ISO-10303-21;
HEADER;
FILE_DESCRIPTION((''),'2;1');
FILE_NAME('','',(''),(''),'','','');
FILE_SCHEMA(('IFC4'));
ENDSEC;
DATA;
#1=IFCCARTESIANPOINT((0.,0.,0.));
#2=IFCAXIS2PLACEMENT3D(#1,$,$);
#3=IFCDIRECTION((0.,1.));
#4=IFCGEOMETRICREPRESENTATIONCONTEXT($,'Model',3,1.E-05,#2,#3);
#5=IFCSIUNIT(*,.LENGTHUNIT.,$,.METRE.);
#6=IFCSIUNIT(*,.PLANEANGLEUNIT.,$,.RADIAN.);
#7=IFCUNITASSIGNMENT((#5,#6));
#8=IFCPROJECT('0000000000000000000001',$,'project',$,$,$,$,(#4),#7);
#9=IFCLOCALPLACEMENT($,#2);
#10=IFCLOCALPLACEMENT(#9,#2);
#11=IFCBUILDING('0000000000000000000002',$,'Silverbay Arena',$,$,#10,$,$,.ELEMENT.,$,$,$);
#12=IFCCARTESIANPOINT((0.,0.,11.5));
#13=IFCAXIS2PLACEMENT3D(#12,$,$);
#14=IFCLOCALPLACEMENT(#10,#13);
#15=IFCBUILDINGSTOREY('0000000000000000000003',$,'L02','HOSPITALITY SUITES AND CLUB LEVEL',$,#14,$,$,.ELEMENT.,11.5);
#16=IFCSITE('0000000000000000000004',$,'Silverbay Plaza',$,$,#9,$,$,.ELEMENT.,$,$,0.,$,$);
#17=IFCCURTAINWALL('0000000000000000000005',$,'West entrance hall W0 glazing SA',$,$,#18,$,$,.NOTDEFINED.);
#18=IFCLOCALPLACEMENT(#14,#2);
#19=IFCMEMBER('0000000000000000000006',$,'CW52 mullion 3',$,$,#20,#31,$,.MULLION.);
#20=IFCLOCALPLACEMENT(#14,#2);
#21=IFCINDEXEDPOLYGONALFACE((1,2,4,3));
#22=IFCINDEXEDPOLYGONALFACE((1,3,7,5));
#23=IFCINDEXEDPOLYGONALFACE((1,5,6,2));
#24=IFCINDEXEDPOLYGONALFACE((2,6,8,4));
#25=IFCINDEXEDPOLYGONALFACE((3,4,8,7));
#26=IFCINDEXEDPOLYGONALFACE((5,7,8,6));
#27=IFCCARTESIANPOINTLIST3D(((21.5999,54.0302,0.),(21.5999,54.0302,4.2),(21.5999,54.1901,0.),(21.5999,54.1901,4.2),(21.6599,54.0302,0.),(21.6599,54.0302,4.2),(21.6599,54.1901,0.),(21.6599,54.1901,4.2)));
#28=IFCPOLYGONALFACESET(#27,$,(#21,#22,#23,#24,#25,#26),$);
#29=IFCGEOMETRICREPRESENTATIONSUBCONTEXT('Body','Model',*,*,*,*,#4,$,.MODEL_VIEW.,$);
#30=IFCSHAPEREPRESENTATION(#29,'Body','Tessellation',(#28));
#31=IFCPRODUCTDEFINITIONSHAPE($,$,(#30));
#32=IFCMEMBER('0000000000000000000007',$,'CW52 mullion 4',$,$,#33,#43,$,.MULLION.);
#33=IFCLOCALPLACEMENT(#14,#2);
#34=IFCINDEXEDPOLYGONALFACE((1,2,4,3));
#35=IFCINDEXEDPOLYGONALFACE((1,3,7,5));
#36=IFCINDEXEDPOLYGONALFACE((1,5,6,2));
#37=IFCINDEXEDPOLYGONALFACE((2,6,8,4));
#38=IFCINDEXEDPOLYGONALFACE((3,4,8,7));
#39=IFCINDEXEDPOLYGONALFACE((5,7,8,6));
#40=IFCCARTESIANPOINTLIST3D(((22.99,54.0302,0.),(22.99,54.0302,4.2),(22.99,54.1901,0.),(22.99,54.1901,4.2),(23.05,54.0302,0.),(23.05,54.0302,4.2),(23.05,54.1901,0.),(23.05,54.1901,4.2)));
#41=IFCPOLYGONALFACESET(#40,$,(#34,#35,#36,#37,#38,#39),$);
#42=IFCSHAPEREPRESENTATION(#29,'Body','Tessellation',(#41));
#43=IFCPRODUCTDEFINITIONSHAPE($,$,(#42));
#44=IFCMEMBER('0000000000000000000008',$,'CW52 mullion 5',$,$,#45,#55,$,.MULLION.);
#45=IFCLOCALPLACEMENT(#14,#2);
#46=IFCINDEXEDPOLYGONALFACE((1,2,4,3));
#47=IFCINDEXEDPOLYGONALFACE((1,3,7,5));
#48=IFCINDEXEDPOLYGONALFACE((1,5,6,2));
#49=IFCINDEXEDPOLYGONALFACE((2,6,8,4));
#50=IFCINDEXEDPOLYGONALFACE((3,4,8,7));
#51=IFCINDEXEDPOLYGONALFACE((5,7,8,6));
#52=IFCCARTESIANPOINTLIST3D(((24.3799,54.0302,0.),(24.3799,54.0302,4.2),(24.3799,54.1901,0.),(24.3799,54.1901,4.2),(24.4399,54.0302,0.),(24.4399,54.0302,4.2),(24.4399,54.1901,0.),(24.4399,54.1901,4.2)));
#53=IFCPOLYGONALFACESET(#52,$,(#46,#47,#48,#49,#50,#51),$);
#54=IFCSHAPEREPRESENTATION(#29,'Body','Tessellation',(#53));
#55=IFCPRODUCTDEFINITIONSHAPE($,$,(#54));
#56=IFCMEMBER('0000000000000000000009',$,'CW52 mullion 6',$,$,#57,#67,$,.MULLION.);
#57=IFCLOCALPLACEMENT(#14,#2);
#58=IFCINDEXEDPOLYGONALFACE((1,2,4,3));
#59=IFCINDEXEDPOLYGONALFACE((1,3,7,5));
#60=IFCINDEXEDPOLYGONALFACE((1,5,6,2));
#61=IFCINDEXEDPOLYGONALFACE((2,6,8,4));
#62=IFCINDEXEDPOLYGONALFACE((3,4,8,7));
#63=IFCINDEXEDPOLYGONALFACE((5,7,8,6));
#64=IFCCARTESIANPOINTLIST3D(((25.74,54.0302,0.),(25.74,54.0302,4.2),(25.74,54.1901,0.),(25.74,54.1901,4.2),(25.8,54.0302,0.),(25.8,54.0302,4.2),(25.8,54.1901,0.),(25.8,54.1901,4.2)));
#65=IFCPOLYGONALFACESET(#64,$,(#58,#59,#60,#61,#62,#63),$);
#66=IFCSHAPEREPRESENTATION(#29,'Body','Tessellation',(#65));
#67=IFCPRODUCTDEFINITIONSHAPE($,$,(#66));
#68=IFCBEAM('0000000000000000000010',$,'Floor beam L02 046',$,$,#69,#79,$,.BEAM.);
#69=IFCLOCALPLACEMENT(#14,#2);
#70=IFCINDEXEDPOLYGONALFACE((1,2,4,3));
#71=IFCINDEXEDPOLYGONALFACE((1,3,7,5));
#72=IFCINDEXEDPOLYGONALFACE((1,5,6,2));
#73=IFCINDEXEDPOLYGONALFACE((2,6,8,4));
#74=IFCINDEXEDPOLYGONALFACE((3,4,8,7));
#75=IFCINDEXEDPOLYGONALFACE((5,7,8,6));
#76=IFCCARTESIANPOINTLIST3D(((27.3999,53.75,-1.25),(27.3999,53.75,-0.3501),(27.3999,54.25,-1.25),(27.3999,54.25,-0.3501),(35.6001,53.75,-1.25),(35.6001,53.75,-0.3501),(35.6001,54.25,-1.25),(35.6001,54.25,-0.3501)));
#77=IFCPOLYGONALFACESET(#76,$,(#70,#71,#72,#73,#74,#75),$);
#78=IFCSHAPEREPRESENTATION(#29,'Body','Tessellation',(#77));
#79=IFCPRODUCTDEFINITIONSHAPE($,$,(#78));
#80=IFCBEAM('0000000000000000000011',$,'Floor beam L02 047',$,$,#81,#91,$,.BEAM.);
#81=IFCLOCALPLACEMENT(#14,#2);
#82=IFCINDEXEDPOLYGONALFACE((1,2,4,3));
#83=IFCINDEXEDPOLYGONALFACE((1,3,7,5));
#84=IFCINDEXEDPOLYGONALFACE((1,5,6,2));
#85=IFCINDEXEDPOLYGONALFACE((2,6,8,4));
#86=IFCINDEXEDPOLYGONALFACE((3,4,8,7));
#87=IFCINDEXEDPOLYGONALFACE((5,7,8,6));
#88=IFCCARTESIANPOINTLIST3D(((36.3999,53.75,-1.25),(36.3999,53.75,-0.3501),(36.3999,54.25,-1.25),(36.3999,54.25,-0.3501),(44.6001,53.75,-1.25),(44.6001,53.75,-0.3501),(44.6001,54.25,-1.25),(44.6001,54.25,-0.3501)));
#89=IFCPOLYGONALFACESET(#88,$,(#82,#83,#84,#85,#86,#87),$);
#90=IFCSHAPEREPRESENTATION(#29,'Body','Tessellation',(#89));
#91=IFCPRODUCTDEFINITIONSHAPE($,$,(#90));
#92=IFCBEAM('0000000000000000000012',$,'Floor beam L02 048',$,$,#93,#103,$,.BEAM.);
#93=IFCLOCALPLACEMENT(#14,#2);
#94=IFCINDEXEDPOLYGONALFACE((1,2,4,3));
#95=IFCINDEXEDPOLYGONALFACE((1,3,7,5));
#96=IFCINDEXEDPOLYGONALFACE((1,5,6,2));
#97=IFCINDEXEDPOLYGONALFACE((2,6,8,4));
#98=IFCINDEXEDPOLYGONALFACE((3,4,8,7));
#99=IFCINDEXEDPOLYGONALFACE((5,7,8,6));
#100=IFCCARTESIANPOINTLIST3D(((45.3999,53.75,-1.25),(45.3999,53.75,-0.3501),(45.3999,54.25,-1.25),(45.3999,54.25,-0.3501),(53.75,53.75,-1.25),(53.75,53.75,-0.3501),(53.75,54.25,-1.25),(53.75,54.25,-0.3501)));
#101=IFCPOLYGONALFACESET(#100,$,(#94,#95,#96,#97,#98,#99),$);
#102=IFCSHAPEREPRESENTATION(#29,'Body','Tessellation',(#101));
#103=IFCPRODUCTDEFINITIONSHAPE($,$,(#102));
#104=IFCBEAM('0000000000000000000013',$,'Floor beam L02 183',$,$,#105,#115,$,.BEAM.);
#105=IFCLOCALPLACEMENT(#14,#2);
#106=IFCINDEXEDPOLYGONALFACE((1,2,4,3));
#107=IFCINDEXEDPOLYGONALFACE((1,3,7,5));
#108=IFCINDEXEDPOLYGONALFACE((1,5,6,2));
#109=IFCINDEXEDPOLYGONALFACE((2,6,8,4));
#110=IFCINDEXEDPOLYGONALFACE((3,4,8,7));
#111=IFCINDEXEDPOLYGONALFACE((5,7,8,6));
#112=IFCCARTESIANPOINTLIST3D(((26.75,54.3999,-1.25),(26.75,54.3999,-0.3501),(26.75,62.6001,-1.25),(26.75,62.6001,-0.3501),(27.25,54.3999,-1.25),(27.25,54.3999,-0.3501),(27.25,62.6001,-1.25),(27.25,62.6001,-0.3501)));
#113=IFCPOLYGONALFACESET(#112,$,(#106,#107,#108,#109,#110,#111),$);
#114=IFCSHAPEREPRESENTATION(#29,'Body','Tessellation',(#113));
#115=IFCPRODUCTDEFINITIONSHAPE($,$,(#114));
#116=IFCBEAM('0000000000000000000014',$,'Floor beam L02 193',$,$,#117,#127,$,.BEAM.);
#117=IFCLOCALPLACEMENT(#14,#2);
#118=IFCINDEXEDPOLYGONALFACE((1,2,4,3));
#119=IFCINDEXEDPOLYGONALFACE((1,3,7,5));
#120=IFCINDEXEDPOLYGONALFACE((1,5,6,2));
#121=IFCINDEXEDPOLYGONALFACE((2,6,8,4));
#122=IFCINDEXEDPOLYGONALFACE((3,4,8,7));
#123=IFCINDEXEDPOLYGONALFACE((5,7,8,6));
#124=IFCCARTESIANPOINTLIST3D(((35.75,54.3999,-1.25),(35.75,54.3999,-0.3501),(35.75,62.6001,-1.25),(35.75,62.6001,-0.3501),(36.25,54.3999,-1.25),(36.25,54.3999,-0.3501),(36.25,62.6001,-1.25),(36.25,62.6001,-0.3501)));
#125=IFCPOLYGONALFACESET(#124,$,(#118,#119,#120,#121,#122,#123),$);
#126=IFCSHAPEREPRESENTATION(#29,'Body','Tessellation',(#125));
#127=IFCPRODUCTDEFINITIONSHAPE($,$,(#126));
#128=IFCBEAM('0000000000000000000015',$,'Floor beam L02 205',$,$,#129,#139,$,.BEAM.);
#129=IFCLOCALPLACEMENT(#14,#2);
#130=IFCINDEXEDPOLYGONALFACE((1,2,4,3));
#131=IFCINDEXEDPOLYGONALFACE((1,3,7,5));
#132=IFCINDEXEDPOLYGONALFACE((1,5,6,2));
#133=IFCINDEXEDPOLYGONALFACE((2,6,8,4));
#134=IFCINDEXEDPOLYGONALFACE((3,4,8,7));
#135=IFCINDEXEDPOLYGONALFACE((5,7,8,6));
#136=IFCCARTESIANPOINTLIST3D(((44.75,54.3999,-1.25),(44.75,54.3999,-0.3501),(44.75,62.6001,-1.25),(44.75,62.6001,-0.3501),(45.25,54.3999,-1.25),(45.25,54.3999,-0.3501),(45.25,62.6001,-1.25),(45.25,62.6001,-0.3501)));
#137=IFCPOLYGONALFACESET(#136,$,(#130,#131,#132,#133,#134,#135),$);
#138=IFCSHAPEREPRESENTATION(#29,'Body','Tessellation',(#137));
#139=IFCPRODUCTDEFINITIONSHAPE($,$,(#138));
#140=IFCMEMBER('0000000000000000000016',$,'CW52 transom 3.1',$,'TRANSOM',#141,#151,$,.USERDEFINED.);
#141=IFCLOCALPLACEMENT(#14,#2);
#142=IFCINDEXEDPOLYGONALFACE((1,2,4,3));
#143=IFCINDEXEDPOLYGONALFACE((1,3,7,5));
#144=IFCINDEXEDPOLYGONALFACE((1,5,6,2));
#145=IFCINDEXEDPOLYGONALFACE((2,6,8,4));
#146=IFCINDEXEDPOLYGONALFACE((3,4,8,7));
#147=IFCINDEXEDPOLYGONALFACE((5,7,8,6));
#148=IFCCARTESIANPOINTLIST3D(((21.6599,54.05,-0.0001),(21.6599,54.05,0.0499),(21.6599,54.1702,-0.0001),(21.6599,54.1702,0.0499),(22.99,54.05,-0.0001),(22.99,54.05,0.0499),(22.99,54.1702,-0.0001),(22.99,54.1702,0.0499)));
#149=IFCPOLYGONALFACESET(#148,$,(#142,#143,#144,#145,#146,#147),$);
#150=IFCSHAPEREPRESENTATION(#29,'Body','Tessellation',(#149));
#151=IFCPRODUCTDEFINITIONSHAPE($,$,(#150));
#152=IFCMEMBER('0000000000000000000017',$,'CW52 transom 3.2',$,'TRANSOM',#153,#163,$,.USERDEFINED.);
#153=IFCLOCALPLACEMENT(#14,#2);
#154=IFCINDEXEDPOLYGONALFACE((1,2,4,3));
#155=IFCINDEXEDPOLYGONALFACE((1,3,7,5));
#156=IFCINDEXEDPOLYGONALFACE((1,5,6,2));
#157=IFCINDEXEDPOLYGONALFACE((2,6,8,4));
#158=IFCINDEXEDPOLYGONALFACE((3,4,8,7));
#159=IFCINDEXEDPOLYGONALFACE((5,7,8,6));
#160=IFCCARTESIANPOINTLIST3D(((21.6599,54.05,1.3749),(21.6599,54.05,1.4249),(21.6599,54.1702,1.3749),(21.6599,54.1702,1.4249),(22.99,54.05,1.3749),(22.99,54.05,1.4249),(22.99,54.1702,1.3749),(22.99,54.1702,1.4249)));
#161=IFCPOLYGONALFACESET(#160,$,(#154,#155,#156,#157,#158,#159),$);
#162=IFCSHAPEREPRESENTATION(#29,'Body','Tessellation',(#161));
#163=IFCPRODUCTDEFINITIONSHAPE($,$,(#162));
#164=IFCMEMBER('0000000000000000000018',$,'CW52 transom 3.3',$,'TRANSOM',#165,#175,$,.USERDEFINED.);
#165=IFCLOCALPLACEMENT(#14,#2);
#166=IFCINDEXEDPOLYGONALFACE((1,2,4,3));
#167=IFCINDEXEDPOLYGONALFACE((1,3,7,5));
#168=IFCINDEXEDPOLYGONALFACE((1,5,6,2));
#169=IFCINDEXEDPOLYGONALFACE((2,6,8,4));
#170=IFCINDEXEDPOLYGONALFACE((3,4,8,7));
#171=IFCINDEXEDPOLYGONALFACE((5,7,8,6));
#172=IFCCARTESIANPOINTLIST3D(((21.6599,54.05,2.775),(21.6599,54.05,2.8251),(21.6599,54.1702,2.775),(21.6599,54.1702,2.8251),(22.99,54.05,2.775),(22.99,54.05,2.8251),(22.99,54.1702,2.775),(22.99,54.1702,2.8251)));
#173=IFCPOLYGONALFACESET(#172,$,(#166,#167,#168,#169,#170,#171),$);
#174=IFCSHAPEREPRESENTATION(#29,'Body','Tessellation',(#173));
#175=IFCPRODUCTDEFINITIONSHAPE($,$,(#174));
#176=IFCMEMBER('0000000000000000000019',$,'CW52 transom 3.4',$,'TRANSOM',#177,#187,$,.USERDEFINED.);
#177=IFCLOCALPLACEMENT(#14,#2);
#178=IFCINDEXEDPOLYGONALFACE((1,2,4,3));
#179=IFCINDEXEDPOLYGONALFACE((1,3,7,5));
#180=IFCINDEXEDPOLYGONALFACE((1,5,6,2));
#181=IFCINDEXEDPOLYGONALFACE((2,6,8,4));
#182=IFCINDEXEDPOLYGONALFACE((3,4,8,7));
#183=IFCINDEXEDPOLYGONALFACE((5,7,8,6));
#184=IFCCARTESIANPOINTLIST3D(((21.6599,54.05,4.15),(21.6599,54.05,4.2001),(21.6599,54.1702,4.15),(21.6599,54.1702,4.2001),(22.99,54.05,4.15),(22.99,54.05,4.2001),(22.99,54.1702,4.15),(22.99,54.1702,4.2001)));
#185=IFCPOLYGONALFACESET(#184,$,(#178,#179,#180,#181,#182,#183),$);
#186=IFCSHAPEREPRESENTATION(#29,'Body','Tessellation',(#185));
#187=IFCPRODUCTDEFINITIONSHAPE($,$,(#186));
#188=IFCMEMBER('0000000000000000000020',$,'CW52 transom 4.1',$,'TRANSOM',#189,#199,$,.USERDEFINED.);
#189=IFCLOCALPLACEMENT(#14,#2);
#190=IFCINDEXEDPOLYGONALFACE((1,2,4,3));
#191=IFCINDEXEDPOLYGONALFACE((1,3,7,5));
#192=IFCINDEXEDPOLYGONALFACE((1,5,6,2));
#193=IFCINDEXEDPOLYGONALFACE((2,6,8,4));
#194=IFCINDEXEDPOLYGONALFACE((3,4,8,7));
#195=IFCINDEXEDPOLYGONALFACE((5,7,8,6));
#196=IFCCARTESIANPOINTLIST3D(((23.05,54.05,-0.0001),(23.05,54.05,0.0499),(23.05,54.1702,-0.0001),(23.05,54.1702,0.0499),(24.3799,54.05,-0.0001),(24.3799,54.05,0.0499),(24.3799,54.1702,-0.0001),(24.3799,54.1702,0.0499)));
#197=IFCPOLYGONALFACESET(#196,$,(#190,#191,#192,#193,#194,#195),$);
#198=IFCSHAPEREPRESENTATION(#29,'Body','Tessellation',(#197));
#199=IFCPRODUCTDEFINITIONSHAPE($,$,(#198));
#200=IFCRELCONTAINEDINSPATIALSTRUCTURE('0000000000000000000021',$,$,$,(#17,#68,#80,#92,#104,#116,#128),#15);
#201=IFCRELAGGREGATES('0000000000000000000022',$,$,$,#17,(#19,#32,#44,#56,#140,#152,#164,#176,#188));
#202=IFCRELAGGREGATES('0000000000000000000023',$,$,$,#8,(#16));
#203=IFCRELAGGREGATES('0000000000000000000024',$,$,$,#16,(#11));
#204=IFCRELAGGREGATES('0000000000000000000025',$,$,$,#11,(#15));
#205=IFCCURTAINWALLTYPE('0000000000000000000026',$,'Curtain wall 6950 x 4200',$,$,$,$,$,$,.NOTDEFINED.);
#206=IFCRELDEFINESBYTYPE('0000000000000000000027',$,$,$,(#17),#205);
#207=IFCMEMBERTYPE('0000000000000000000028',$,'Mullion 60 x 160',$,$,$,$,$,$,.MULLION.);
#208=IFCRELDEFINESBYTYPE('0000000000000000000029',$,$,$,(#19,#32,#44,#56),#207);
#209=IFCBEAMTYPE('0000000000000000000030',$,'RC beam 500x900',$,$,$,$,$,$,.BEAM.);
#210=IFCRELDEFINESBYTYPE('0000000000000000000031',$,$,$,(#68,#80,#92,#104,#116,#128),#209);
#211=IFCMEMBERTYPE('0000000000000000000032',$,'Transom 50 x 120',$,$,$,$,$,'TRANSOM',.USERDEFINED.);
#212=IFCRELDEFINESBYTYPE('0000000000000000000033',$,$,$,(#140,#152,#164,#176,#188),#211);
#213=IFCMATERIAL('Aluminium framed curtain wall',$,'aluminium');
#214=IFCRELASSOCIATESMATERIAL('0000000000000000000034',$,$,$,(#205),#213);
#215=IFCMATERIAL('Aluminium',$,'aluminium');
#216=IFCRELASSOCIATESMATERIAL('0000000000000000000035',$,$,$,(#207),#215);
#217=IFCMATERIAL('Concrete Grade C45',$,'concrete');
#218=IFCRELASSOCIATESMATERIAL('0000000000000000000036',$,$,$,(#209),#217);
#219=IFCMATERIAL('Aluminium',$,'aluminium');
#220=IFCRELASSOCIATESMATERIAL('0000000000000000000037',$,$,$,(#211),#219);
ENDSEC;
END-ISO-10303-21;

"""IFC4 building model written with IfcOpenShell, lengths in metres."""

from ifc_helpers import new_model, si_unit, direction, frame, origin, origin_2d, place, context, subcontext, project, spatial, rectangle, extrude, material, material_profile, profile_set, type_object, element, aggregate, save


model = new_model("IFC4")

# Units and contexts
model_context = context("Model", 3, precision=1e-05, world=origin(), true_north=direction((0.0, 1.0)))
body_context = subcontext(model_context, "Body", "Model", "MODEL_VIEW")
ifc_project = project(units=[si_unit("LENGTHUNIT", "METRE"), si_unit("PLANEANGLEUNIT", "RADIAN")], contexts=[model_context])

# Site, building, storey
site_placement = place(None, origin())
site = spatial("IfcSite", under=ifc_project, at=site_placement, Name="Silverbay Plaza", CompositionType="ELEMENT", RefElevation=0.0)
building_placement = place(site_placement, origin())
building = spatial("IfcBuilding", under=site, at=building_placement, Name="Silverbay Arena", CompositionType="ELEMENT")
storey_placement = place(building_placement, frame((0.0, 0.0, 11.5)))
storey = spatial("IfcBuildingStorey", under=building, at=storey_placement, Name="L02", Description="HOSPITALITY SUITES AND CLUB LEVEL", CompositionType="ELEMENT", Elevation=11.5)

# Curtain wall, members
ifc_material_1 = material(Name="Aluminium framed curtain wall", Category="aluminium")
curtain_wall_type = type_object("IfcCurtainWallType", Name="Curtain wall 6950 x 4200", PredefinedType="NOTDEFINED", material=ifc_material_1)
curtain_wall_placement = place(storey_placement, origin())
curtain_wall = element("IfcCurtainWall", 1, at=curtain_wall_placement, inside=storey, type_object=curtain_wall_type, Name="West entrance hall W0 glazing SA", PredefinedType="NOTDEFINED")
ifc_material_2 = material(Name="Aluminium", Category="aluminium")
ifc_material_profile_1 = material_profile(ifc_material_2, rectangle(XDim=0.1599, YDim=0.0601, at=origin_2d()), Name="Mullion 60 x 160")
ifc_profile_set_1 = profile_set([ifc_material_profile_1], Name="Aluminium")
member_type_1 = type_object("IfcMemberType", Name="Mullion 60 x 160", PredefinedType="MULLION", material=ifc_profile_set_1)
member_1_placement = place(storey_placement, frame((21.6299, 54.1101, 0.0), z_axis=(0.0, 0.0, 1.0), x_axis=(0.0, 1.0, 0.0)))
member_1 = element("IfcMember", 2, at=member_1_placement, type_object=member_type_1, Name="CW52 mullion 3", PredefinedType="MULLION", context=body_context, shape_type="SweptSolid", body=[
    extrude(rectangle(XDim=0.1599, YDim=0.0601, at=origin_2d()), origin(), (0.0, 0.0, 1.0), 4.2),
])
member_2_placement = place(storey_placement, frame((23.02, 54.1101, 0.0), z_axis=(0.0, 0.0, 1.0), x_axis=(0.0, 1.0, 0.0)))
member_2 = element("IfcMember", 3, at=member_2_placement, type_object=member_type_1, Name="CW52 mullion 4", PredefinedType="MULLION", context=body_context, shape_type="SweptSolid", body=[
    extrude(rectangle(XDim=0.1599, YDim=0.0601, at=origin_2d()), origin(), (0.0, 0.0, 1.0), 4.2),
])
member_3_placement = place(storey_placement, frame((24.4099, 54.1101, 0.0), z_axis=(0.0, 0.0, 1.0), x_axis=(0.0, 1.0, 0.0)))
member_3 = element("IfcMember", 4, at=member_3_placement, type_object=member_type_1, Name="CW52 mullion 5", PredefinedType="MULLION", context=body_context, shape_type="SweptSolid", body=[
    extrude(rectangle(XDim=0.1599, YDim=0.0601, at=origin_2d()), origin(), (0.0, 0.0, 1.0), 4.2),
])
member_4_placement = place(storey_placement, frame((25.77, 54.1101, 0.0), z_axis=(0.0, 0.0, 1.0), x_axis=(0.0, 1.0, 0.0)))
member_4 = element("IfcMember", 5, at=member_4_placement, type_object=member_type_1, Name="CW52 mullion 6", PredefinedType="MULLION", context=body_context, shape_type="SweptSolid", body=[
    extrude(rectangle(XDim=0.1599, YDim=0.0601, at=origin_2d()), origin(), (0.0, 0.0, 1.0), 4.2),
])

# Beams
ifc_material_3 = material(Name="Concrete Grade C45", Category="concrete")
ifc_material_profile_2 = material_profile(ifc_material_3, rectangle(XDim=0.5, YDim=0.8999, at=origin_2d()), Name="RC 500x900")
ifc_profile_set_2 = profile_set([ifc_material_profile_2], Name="Concrete Grade C45")
beam_type = type_object("IfcBeamType", Name="RC beam 500x900", PredefinedType="BEAM", material=ifc_profile_set_2)
for number, where, z_axis, x_axis, name in (
    (6, (27.3999, 54.0, -0.8), (1.0, 0.0, 0.0), (0.0, 1.0, 0.0), "Floor beam L02 046"),
    (7, (36.3999, 54.0, -0.8), (1.0, 0.0, 0.0), (0.0, 1.0, 0.0), "Floor beam L02 047"),
):
    element("IfcBeam", number, at=place(storey_placement, frame(where, z_axis=z_axis, x_axis=x_axis)), inside=storey, type_object=beam_type, Name=name, PredefinedType="BEAM", context=body_context, shape_type="SweptSolid", body=[
        extrude(rectangle(XDim=0.5, YDim=0.8999, at=origin_2d()), origin(), (0.0, 0.0, 1.0), 8.2002),
    ])
beam_placement = place(storey_placement, frame((45.3999, 54.0, -0.8), z_axis=(1.0, 0.0, 0.0), x_axis=(0.0, 1.0, 0.0)))
element("IfcBeam", 8, at=beam_placement, inside=storey, type_object=beam_type, Name="Floor beam L02 048", PredefinedType="BEAM", context=body_context, shape_type="SweptSolid", body=[
    extrude(rectangle(XDim=0.5, YDim=0.8999, at=origin_2d()), origin(), (0.0, 0.0, 1.0), 8.3501),
])
for number, where, z_axis, x_axis, name in (
    (9, (27.0, 54.3999, -0.8), (0.0, 1.0, 0.0), (-1.0, 0.0, 0.0), "Floor beam L02 183"),
    (10, (36.0, 54.3999, -0.8), (0.0, 1.0, 0.0), (-1.0, 0.0, 0.0), "Floor beam L02 193"),
    (11, (45.0, 54.3999, -0.8), (0.0, 1.0, 0.0), (-1.0, 0.0, 0.0), "Floor beam L02 205"),
):
    element("IfcBeam", number, at=place(storey_placement, frame(where, z_axis=z_axis, x_axis=x_axis)), inside=storey, type_object=beam_type, Name=name, PredefinedType="BEAM", context=body_context, shape_type="SweptSolid", body=[
        extrude(rectangle(XDim=0.5, YDim=0.8999, at=origin_2d()), origin(), (0.0, 0.0, 1.0), 8.2002),
    ])

# Members
ifc_material_4 = material(Name="Aluminium", Category="aluminium")
ifc_material_profile_3 = material_profile(ifc_material_4, rectangle(XDim=0.1201, YDim=0.05, at=origin_2d()), Name="Transom 50 x 120")
ifc_profile_set_3 = profile_set([ifc_material_profile_3], Name="Aluminium")
member_type_2 = type_object("IfcMemberType", Name="Transom 50 x 120", ElementType="TRANSOM", PredefinedType="USERDEFINED", material=ifc_profile_set_3)
member_5_placement = place(storey_placement, frame((21.6599, 54.1101, 0.0249), z_axis=(1.0, 0.0, 0.0), x_axis=(0.0, 1.0, 0.0)))
member_5 = element("IfcMember", 12, at=member_5_placement, type_object=member_type_2, Name="CW52 transom 3.1", ObjectType="TRANSOM", PredefinedType="USERDEFINED", context=body_context, shape_type="SweptSolid", body=[
    extrude(rectangle(XDim=0.1201, YDim=0.05, at=origin_2d()), origin(), (0.0, 0.0, 1.0), 1.3301),
])
member_6_placement = place(storey_placement, frame((21.6599, 54.1101, 1.3999), z_axis=(1.0, 0.0, 0.0), x_axis=(0.0, 1.0, 0.0)))
member_6 = element("IfcMember", 13, at=member_6_placement, type_object=member_type_2, Name="CW52 transom 3.2", ObjectType="TRANSOM", PredefinedType="USERDEFINED", context=body_context, shape_type="SweptSolid", body=[
    extrude(rectangle(XDim=0.1201, YDim=0.05, at=origin_2d()), origin(), (0.0, 0.0, 1.0), 1.3301),
])
member_7_placement = place(storey_placement, frame((21.6599, 54.1101, 2.8), z_axis=(1.0, 0.0, 0.0), x_axis=(0.0, 1.0, 0.0)))
member_7 = element("IfcMember", 14, at=member_7_placement, type_object=member_type_2, Name="CW52 transom 3.3", ObjectType="TRANSOM", PredefinedType="USERDEFINED", context=body_context, shape_type="SweptSolid", body=[
    extrude(rectangle(XDim=0.1201, YDim=0.05, at=origin_2d()), origin(), (0.0, 0.0, 1.0), 1.3301),
])
member_8_placement = place(storey_placement, frame((21.6599, 54.1101, 4.175), z_axis=(1.0, 0.0, 0.0), x_axis=(0.0, 1.0, 0.0)))
member_8 = element("IfcMember", 15, at=member_8_placement, type_object=member_type_2, Name="CW52 transom 3.4", ObjectType="TRANSOM", PredefinedType="USERDEFINED", context=body_context, shape_type="SweptSolid", body=[
    extrude(rectangle(XDim=0.1201, YDim=0.05, at=origin_2d()), origin(), (0.0, 0.0, 1.0), 1.3301),
])
member_9_placement = place(storey_placement, frame((23.05, 54.1101, 0.0249), z_axis=(1.0, 0.0, 0.0), x_axis=(0.0, 1.0, 0.0)))
member_9 = element("IfcMember", 16, at=member_9_placement, type_object=member_type_2, Name="CW52 transom 4.1", ObjectType="TRANSOM", PredefinedType="USERDEFINED", context=body_context, shape_type="SweptSolid", body=[
    extrude(rectangle(XDim=0.1201, YDim=0.05, at=origin_2d()), origin(), (0.0, 0.0, 1.0), 1.3298),
])

aggregate(curtain_wall, [member_1, member_2, member_3, member_4, member_5, member_6, member_7, member_8, member_9])

save(model, "model.ifc")
